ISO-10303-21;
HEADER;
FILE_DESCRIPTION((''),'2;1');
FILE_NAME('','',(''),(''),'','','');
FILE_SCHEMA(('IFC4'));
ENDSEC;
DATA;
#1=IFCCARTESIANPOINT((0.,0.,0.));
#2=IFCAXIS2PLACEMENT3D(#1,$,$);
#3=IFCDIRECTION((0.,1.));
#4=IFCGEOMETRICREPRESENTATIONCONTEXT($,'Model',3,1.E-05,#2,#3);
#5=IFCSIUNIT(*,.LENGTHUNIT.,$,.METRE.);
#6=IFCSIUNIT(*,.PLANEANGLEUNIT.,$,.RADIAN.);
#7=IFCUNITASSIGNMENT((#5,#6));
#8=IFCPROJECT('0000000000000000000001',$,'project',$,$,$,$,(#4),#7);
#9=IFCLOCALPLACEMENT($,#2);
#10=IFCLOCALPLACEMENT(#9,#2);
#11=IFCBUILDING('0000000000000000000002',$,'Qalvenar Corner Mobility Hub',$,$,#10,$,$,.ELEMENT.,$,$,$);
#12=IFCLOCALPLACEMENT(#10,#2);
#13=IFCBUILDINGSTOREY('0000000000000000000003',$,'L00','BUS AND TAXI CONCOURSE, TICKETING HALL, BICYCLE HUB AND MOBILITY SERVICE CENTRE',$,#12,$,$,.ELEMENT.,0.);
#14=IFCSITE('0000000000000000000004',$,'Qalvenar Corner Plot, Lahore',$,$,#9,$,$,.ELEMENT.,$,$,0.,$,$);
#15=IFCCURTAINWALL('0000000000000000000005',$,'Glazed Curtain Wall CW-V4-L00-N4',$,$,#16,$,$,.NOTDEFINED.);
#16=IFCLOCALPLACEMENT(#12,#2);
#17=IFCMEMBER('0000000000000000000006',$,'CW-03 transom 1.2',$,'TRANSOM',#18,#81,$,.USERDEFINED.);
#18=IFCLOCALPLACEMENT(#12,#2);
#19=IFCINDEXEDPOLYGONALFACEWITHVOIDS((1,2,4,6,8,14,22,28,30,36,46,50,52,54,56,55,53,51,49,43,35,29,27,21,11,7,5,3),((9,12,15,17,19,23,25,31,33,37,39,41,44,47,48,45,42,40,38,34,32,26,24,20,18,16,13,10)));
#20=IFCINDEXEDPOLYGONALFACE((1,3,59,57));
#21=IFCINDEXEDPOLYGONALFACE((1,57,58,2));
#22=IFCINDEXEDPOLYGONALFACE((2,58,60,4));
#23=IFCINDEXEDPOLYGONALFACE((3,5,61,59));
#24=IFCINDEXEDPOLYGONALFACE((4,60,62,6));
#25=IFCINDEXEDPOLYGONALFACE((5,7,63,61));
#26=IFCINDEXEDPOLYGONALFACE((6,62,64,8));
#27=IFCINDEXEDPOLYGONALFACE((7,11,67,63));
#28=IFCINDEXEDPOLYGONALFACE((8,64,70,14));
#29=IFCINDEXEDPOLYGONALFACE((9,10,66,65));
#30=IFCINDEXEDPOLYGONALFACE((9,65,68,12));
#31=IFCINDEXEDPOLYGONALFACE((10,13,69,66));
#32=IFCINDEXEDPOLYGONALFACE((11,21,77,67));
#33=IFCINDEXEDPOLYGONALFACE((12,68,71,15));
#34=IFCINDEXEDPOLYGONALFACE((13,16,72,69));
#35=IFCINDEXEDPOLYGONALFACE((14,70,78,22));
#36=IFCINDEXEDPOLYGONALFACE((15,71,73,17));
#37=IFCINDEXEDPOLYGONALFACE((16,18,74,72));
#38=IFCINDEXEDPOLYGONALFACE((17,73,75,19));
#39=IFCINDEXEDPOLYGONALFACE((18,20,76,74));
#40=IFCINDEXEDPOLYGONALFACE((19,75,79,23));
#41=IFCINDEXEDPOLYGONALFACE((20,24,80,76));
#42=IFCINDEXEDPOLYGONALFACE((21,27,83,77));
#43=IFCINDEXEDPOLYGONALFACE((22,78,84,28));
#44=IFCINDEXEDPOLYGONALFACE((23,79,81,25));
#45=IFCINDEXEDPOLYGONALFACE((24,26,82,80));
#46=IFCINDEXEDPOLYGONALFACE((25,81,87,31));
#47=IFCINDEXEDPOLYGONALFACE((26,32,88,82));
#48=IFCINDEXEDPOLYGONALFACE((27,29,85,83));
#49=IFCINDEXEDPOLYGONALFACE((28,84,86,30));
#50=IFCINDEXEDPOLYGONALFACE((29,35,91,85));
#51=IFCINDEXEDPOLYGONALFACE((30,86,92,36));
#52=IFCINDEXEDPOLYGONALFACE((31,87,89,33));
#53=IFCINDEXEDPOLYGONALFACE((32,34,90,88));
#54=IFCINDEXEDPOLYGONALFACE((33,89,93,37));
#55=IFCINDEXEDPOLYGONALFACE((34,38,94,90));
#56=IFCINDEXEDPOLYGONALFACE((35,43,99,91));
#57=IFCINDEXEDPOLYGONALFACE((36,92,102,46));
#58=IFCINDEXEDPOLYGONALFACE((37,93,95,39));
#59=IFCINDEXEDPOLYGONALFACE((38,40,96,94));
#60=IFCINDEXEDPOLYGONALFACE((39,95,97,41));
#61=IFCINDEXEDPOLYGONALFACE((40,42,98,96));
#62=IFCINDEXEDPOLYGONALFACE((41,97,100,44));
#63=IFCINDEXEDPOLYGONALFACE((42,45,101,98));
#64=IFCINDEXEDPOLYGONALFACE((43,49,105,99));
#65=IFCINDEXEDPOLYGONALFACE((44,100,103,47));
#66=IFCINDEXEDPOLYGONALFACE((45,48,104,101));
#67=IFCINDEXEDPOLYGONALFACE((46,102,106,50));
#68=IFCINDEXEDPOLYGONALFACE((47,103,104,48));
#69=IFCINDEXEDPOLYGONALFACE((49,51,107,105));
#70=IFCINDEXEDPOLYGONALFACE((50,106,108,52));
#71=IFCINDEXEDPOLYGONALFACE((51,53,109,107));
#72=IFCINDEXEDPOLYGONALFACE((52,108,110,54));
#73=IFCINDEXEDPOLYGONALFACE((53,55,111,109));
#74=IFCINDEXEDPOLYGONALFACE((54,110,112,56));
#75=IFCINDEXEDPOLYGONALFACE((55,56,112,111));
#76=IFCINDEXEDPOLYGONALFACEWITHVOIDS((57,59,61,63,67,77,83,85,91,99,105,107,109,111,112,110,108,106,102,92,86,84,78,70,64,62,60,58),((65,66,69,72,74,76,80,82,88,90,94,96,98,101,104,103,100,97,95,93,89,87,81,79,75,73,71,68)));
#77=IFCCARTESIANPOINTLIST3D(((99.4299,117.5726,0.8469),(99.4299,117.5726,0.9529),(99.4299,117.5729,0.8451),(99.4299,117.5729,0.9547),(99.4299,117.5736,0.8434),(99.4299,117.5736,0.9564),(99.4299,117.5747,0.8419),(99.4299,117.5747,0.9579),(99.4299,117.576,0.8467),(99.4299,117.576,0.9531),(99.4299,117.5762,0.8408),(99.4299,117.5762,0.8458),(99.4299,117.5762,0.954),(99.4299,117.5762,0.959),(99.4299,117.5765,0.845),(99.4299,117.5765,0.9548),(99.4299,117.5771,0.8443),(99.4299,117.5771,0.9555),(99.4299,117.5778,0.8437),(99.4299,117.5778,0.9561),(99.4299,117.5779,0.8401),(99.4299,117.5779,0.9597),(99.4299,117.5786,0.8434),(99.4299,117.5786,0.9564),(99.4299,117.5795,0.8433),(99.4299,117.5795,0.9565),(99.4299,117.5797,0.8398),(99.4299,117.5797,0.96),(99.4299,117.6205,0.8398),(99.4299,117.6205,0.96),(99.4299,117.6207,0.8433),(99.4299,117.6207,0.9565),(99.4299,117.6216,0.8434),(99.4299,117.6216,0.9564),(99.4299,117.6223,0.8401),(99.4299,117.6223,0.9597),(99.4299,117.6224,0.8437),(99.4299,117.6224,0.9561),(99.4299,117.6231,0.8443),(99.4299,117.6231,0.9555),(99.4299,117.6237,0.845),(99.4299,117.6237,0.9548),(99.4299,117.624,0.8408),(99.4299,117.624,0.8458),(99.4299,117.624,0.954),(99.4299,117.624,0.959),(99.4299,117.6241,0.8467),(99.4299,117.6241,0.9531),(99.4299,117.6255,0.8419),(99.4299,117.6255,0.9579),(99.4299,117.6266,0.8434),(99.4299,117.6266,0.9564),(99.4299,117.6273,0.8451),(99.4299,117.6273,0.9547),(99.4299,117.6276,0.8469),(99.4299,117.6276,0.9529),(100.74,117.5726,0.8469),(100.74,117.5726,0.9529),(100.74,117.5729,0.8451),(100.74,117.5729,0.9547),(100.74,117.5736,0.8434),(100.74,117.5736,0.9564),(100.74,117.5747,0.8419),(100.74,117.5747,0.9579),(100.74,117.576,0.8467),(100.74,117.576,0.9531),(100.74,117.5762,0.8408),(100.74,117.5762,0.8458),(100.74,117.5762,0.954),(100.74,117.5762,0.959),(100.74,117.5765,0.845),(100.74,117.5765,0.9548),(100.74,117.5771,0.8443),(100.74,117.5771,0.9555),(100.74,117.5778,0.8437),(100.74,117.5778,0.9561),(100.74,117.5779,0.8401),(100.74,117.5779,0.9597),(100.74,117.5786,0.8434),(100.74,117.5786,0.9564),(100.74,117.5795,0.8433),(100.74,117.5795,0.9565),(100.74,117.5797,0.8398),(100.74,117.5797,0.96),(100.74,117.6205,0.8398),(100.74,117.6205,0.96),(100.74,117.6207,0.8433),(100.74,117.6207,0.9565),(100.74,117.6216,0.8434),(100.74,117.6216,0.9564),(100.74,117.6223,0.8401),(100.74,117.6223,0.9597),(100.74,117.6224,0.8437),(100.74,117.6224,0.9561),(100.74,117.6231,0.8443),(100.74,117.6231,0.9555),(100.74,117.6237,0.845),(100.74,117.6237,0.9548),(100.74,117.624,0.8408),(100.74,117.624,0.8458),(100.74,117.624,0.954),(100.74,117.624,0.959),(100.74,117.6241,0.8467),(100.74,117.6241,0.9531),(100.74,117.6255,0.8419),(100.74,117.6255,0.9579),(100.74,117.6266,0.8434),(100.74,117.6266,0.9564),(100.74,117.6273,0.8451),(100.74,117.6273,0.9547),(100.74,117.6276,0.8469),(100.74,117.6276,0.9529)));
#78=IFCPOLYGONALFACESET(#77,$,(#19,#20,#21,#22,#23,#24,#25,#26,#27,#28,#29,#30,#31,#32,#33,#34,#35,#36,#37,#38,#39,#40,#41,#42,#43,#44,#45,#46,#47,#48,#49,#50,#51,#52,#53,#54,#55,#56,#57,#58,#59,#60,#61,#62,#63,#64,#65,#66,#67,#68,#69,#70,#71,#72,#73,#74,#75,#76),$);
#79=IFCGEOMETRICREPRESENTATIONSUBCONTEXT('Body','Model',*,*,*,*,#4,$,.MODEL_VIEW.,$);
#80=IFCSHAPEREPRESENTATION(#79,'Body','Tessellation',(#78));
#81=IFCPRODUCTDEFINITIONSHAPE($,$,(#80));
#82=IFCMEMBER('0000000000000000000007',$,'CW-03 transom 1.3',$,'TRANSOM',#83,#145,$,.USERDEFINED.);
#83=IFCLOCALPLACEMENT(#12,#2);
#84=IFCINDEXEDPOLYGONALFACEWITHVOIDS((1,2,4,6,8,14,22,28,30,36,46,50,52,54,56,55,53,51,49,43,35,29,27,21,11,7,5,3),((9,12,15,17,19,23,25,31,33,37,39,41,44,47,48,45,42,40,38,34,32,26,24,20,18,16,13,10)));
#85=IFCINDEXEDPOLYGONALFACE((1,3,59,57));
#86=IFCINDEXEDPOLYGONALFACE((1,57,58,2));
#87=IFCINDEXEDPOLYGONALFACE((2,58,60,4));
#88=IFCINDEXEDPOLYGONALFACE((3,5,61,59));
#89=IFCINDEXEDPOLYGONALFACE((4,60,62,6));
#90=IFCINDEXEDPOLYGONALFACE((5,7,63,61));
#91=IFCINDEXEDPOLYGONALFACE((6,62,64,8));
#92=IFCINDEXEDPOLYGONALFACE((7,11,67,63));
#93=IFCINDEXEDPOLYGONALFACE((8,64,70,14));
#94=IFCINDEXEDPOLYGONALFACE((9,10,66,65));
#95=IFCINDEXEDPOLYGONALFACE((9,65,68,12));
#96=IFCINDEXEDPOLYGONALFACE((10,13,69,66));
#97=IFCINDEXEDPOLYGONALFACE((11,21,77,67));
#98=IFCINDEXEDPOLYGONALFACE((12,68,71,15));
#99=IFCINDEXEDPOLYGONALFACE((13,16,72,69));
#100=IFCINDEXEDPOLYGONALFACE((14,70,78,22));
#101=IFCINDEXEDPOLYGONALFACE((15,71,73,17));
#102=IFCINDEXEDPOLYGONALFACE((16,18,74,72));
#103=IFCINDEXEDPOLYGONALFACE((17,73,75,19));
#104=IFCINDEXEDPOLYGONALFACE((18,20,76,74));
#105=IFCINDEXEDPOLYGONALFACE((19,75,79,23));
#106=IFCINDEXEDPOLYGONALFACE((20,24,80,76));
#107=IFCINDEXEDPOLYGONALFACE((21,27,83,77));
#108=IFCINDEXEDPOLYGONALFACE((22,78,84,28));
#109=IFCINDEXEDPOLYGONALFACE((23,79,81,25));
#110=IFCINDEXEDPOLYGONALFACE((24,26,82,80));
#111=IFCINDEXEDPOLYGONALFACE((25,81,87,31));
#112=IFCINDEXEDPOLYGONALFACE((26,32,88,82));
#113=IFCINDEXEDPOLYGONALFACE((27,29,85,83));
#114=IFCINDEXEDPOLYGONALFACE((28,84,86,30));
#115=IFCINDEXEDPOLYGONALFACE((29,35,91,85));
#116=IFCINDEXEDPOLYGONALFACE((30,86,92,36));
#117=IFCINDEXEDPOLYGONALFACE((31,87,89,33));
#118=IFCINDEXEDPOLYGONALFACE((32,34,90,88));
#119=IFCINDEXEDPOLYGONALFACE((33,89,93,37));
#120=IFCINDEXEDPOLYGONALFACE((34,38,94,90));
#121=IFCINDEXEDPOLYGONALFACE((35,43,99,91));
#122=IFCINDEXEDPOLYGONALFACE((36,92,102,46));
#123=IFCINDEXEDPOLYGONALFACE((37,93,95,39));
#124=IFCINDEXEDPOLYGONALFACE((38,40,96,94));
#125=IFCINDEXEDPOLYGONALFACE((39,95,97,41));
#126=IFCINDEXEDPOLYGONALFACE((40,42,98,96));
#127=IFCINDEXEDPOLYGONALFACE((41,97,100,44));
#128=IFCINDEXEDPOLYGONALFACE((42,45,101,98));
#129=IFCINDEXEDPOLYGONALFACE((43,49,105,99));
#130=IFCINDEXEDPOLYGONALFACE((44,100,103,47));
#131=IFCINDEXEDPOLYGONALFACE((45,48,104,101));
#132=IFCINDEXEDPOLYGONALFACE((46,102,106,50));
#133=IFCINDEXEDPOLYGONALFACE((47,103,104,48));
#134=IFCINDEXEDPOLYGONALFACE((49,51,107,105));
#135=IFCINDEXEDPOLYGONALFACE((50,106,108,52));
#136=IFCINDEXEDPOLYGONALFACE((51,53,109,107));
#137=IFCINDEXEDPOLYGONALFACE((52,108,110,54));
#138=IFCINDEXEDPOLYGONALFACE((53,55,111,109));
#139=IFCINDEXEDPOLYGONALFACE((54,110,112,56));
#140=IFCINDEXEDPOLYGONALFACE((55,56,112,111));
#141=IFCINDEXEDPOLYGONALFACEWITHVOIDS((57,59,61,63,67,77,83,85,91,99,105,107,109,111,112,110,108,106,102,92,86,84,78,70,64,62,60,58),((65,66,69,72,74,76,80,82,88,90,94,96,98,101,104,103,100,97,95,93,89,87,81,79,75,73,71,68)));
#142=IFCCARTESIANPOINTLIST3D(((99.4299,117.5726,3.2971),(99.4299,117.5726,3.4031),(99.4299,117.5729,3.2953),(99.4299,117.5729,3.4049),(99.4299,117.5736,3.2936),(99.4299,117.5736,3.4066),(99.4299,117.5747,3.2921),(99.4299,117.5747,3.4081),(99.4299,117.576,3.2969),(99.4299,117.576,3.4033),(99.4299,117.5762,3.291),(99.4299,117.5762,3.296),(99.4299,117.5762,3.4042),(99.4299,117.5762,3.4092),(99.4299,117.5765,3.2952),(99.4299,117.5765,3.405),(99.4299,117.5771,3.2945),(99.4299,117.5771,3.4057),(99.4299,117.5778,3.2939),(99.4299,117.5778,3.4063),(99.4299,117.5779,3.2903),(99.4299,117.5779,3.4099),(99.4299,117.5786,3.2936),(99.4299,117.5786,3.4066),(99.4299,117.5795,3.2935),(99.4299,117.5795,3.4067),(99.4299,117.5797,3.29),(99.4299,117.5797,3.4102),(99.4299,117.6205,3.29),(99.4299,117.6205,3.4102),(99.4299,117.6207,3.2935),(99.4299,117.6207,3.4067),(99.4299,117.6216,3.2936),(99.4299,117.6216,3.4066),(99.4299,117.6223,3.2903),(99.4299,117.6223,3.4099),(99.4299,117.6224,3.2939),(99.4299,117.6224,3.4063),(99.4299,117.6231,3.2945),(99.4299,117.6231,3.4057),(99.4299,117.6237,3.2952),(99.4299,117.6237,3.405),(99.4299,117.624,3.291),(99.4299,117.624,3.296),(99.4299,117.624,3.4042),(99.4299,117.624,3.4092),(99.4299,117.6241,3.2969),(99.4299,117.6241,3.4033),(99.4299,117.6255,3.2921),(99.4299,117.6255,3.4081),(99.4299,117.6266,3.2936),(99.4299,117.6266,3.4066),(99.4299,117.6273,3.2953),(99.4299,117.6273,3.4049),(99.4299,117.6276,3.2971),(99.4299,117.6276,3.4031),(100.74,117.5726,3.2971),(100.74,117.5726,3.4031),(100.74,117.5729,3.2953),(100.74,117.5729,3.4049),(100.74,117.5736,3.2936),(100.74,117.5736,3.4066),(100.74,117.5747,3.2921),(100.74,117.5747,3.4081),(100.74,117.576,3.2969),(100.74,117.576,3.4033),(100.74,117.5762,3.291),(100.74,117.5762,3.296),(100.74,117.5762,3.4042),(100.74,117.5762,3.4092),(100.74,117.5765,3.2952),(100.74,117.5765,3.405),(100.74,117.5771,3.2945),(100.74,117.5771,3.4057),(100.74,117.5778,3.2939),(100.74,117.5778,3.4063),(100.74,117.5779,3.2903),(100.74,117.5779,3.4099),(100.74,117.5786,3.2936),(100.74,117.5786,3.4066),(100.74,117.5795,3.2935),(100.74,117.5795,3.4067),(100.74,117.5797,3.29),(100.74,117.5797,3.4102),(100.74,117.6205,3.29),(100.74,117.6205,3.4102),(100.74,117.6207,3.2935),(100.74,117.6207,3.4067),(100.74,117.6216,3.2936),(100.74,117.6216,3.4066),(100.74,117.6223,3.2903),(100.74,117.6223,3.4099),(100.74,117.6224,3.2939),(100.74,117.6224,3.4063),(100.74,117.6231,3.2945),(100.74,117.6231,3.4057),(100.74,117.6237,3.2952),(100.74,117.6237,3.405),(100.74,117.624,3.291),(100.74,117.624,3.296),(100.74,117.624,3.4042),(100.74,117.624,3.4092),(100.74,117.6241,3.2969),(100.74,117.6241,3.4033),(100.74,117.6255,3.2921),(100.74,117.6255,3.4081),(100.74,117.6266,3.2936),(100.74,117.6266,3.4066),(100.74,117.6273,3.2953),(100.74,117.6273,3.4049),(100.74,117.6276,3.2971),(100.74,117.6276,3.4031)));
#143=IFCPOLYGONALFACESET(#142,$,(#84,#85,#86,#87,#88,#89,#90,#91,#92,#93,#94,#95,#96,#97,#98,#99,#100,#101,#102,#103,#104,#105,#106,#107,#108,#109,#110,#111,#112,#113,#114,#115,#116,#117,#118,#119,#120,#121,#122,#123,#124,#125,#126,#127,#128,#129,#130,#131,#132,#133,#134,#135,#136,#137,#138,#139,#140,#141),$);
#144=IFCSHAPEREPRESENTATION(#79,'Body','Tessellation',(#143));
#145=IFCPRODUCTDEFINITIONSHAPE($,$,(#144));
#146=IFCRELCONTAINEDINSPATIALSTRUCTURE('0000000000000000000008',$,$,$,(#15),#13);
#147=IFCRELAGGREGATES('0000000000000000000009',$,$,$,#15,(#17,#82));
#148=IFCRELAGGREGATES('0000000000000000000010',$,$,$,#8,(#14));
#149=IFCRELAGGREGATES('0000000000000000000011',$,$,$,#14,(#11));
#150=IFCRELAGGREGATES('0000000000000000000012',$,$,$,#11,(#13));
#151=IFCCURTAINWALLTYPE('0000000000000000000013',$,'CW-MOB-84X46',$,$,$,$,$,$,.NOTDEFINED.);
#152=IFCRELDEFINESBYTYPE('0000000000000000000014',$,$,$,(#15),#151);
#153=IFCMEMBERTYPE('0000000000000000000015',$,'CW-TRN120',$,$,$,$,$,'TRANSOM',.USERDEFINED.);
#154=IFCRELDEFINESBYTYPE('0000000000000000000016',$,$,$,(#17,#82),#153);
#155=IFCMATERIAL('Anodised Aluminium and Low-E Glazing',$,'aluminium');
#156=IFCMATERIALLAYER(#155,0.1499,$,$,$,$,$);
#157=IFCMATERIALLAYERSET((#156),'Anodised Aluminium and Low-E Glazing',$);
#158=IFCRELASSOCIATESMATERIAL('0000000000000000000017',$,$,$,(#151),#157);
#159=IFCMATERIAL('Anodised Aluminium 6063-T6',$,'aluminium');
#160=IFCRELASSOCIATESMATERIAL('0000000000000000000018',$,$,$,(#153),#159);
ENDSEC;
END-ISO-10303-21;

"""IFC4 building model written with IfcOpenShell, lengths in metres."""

from ifc_helpers import new_model, si_unit, direction, frame, origin, origin_2d, place, context, subcontext, project, spatial, hollow_rectangle, extrude, material, layer, layer_set, material_profile, profile_set, type_object, element, aggregate, save


model = new_model("IFC4")

# Units and contexts
model_context = context("Model", 3, precision=1e-05, world=origin(), true_north=direction((0.0, 1.0)))
body_context = subcontext(model_context, "Body", "Model", "MODEL_VIEW")
ifc_project = project(units=[si_unit("LENGTHUNIT", "METRE"), si_unit("PLANEANGLEUNIT", "RADIAN")], contexts=[model_context])

# Site, building, storey
site_placement = place(None, origin())
site = spatial("IfcSite", under=ifc_project, at=site_placement, Name="Qalvenar Corner Plot, Lahore", CompositionType="ELEMENT", RefElevation=0.0)
building_placement = place(site_placement, origin())
building = spatial("IfcBuilding", under=site, at=building_placement, Name="Qalvenar Corner Mobility Hub", CompositionType="ELEMENT")
storey_placement = place(building_placement, origin())
storey = spatial("IfcBuildingStorey", under=building, at=storey_placement, Name="L00", Description="BUS AND TAXI CONCOURSE, TICKETING HALL, BICYCLE HUB AND MOBILITY SERVICE CENTRE", CompositionType="ELEMENT", Elevation=0.0)

# Curtain wall, members
ifc_material_1 = material(Name="Anodised Aluminium and Low-E Glazing", Category="aluminium")
ifc_layer_1 = layer(ifc_material_1, 0.1499)
ifc_layer_set_1 = layer_set([ifc_layer_1], Name="Anodised Aluminium and Low-E Glazing")
curtain_wall_type = type_object("IfcCurtainWallType", Name="CW-MOB-84X46", PredefinedType="NOTDEFINED", material=ifc_layer_set_1)
curtain_wall_placement = place(storey_placement, origin())
curtain_wall = element("IfcCurtainWall", 1, at=curtain_wall_placement, inside=storey, type_object=curtain_wall_type, Name="Glazed Curtain Wall CW-V4-L00-N4", PredefinedType="NOTDEFINED")
ifc_material_2 = material(Name="Anodised Aluminium 6063-T6", Category="aluminium")
ifc_material_profile_1 = material_profile(ifc_material_2, hollow_rectangle(XDim=0.0549, YDim=0.1201, WallThickness=0.0034, InnerFilletRadius=0.0034, OuterFilletRadius=0.0071, at=origin_2d()), Name="RHS120x55x3.5")
ifc_profile_set_1 = profile_set([ifc_material_profile_1], Name="Anodised Aluminium 6063-T6")
member_type_1 = type_object("IfcMemberType", Name="CW-TRN120", ElementType="TRANSOM", PredefinedType="USERDEFINED", material=ifc_profile_set_1)
member_1_placement = place(storey_placement, frame((100.74, 117.6001, 0.8999), z_axis=(-1.0, 0.0, 0.0), x_axis=(0.0, -1.0, 0.0)))
member_1 = element("IfcMember", 2, at=member_1_placement, type_object=member_type_1, Name="CW-03 transom 1.2", ObjectType="TRANSOM", PredefinedType="USERDEFINED", context=body_context, shape_type="SweptSolid", body=[
    extrude(hollow_rectangle(XDim=0.0549, YDim=0.1201, WallThickness=0.0034, InnerFilletRadius=0.0034, OuterFilletRadius=0.0071, at=origin_2d()), origin(), (0.0, 0.0, 1.0), 1.3101),
])
member_2_placement = place(storey_placement, frame((100.74, 117.6001, 3.3501), z_axis=(-1.0, 0.0, 0.0), x_axis=(0.0, -1.0, 0.0)))
member_2 = element("IfcMember", 3, at=member_2_placement, type_object=member_type_1, Name="CW-03 transom 1.3", ObjectType="TRANSOM", PredefinedType="USERDEFINED", context=body_context, shape_type="SweptSolid", body=[
    extrude(hollow_rectangle(XDim=0.0549, YDim=0.1201, WallThickness=0.0034, InnerFilletRadius=0.0034, OuterFilletRadius=0.0071, at=origin_2d()), origin(), (0.0, 0.0, 1.0), 1.3101),
])
aggregate(curtain_wall, [member_1, member_2])

save(model, "model.ifc")
